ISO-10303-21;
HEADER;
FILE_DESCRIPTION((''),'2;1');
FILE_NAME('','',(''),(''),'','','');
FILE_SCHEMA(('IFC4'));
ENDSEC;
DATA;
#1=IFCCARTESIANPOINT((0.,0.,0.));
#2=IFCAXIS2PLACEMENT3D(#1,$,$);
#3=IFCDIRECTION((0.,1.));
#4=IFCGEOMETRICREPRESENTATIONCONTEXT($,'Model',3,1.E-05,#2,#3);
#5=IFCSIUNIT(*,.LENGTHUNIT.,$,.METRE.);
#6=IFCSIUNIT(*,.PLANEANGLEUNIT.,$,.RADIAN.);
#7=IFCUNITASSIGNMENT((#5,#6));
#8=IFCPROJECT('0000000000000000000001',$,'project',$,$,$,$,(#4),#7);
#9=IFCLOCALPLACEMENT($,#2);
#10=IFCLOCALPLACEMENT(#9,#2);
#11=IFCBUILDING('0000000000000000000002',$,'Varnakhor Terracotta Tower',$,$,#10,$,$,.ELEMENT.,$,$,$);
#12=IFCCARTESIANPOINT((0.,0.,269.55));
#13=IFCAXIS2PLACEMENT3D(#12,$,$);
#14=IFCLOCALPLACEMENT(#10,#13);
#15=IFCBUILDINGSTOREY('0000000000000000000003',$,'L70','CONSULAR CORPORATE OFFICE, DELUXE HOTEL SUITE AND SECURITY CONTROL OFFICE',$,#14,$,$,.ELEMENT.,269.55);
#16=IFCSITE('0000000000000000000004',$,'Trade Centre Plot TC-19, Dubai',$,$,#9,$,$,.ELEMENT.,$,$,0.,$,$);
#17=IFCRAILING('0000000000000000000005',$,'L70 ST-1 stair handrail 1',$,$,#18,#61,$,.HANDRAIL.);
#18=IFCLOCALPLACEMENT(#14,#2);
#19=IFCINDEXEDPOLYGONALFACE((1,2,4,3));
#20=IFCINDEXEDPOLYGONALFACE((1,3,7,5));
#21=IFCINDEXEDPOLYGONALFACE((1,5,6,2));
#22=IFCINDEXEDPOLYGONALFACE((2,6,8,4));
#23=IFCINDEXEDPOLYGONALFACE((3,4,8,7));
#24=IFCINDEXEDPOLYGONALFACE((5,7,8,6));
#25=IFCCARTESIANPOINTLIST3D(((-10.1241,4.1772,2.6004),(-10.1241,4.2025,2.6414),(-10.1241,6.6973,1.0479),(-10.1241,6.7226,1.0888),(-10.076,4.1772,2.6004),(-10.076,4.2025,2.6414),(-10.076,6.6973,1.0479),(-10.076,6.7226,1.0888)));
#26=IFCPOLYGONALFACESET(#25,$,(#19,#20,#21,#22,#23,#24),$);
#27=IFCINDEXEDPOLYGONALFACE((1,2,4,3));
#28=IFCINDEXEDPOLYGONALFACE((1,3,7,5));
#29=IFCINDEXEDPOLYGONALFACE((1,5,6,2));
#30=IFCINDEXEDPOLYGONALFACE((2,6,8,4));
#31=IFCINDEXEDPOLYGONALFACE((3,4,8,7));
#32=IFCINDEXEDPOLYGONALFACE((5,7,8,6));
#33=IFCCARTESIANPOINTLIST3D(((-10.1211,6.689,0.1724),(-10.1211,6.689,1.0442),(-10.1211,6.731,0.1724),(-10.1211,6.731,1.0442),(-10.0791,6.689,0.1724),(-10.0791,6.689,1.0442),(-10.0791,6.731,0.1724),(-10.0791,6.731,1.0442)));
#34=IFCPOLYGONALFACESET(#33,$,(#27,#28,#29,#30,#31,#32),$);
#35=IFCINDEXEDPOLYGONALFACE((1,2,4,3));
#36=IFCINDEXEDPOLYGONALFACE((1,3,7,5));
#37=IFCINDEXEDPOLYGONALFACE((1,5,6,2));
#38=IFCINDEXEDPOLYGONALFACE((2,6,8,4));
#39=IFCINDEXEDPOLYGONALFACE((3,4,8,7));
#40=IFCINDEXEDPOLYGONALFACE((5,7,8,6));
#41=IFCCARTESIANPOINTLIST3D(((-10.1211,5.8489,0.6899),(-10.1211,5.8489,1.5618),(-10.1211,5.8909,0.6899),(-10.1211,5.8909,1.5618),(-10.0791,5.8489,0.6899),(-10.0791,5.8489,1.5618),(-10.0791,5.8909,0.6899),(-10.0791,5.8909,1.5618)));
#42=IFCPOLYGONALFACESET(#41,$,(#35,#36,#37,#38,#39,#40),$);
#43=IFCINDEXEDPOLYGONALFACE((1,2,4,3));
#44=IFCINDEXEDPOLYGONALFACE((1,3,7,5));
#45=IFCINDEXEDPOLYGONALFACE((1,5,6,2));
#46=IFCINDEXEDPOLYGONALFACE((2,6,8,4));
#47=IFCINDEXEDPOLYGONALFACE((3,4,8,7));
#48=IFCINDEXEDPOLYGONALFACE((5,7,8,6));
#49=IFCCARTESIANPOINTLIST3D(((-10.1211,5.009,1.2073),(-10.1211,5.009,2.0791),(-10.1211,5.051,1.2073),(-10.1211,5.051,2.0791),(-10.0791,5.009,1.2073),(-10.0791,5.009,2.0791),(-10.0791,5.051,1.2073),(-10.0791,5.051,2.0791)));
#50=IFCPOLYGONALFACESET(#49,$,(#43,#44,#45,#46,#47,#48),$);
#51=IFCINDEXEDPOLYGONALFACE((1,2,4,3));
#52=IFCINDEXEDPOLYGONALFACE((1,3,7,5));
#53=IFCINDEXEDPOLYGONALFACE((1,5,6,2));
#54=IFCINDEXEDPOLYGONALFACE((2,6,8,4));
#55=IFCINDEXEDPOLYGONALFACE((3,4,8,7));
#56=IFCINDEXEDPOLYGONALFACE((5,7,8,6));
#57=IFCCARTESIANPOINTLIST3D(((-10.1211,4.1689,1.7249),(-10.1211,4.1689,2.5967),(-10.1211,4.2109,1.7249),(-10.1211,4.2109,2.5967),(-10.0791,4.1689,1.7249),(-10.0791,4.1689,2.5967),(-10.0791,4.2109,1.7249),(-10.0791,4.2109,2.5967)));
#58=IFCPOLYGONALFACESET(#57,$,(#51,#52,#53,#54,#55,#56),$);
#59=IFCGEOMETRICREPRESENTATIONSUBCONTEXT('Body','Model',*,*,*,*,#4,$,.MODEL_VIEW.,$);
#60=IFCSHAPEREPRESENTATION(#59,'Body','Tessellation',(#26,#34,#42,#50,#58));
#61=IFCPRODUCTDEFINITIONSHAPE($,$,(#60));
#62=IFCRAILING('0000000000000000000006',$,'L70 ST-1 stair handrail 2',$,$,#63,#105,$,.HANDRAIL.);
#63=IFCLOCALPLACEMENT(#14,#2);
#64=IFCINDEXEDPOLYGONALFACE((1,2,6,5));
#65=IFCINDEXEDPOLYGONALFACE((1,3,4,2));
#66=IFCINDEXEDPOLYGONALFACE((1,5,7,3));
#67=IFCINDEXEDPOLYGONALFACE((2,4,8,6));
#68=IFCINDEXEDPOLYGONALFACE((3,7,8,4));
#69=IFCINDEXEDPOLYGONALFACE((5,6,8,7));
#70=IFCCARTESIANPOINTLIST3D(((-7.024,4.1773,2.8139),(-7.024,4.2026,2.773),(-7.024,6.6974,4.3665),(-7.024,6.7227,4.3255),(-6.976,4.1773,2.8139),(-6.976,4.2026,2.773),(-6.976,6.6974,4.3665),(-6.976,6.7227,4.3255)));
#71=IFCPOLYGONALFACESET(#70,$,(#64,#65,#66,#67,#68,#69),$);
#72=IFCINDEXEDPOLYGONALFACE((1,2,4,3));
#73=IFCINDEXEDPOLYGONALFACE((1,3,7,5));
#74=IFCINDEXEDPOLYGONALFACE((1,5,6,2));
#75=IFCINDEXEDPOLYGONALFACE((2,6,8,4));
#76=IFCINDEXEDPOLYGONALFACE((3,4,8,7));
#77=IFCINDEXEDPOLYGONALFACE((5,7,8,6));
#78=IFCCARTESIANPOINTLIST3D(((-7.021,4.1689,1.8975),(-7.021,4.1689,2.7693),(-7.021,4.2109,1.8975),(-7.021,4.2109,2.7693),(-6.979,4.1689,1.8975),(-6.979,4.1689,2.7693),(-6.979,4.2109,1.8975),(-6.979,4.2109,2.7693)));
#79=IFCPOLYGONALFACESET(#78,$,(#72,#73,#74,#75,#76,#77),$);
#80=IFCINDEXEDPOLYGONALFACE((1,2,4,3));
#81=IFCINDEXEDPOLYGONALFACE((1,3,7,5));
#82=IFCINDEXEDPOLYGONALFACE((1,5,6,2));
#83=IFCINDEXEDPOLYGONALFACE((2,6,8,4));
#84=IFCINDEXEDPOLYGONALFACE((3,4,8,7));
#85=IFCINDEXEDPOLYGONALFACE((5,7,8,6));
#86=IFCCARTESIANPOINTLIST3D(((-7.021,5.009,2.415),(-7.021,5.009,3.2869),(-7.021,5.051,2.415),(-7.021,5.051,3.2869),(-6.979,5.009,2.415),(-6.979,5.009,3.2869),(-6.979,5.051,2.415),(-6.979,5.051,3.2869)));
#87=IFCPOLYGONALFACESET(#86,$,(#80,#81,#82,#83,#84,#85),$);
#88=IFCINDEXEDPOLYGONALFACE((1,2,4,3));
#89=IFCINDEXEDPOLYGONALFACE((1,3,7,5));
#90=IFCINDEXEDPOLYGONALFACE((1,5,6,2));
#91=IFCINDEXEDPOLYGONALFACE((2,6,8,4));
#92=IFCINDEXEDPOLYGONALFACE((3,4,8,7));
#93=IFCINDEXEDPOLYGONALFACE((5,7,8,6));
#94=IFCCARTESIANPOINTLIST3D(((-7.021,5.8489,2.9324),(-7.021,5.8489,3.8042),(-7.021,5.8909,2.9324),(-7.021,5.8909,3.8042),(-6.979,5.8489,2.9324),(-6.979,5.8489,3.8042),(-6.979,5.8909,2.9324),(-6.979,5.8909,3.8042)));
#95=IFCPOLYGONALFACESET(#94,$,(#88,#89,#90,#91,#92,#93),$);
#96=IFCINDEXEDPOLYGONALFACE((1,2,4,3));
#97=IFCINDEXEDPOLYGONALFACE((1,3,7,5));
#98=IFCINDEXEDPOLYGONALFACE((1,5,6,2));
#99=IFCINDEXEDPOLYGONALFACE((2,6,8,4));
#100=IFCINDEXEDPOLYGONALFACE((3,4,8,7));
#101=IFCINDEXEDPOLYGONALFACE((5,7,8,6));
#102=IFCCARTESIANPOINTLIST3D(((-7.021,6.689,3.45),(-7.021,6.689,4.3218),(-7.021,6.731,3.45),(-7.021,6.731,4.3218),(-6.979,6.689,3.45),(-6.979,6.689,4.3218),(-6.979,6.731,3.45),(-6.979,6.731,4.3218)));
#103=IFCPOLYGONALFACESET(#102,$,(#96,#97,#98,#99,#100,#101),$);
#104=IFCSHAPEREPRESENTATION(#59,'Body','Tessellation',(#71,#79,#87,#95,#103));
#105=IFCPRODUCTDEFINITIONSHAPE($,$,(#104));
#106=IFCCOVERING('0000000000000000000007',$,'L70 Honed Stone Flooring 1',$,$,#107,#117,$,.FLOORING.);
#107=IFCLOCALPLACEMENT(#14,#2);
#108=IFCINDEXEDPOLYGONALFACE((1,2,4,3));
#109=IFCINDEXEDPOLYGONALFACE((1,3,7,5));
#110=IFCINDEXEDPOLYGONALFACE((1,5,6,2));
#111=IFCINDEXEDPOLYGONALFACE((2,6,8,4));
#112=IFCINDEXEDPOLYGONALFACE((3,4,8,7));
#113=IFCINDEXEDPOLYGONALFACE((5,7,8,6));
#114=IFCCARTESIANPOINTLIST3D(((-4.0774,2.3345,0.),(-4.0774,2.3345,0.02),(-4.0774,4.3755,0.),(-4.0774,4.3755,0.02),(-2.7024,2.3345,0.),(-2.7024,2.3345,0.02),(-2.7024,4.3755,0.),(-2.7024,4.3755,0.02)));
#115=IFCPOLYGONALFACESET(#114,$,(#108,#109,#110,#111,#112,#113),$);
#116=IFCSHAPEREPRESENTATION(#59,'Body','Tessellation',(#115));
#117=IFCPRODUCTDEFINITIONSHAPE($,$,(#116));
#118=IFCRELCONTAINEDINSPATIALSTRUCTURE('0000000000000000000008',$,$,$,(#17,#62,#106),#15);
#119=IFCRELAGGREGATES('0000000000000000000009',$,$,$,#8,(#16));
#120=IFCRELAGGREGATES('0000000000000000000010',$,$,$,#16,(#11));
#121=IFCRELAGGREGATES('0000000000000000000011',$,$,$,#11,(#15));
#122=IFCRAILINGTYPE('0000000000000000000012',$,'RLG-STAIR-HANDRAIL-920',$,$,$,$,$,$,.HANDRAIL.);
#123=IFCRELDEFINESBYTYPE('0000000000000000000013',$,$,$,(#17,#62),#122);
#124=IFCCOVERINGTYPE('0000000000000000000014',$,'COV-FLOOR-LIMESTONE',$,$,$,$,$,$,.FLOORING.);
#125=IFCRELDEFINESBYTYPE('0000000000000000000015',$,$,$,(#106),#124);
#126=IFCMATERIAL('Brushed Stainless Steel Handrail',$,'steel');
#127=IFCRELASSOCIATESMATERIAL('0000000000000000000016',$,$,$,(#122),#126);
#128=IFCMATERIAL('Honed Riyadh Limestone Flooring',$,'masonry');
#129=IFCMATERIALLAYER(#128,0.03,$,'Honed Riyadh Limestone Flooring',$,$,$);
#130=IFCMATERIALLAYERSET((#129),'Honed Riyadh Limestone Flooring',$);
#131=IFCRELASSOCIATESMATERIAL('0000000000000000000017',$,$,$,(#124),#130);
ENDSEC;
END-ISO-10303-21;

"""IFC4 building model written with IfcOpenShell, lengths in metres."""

from ifc_helpers import new_model, si_unit, direction, frame, origin, origin_2d, place, context, subcontext, project, spatial, rectangle, extrude, source, transform, mapped, material, layer, layer_set, type_object, element, save


model = new_model("IFC4")

# Units and contexts
model_context = context("Model", 3, precision=1e-05, world=origin(), true_north=direction((0.0, 1.0)))
body_context = subcontext(model_context, "Body", "Model", "MODEL_VIEW")
ifc_project = project(units=[si_unit("LENGTHUNIT", "METRE"), si_unit("PLANEANGLEUNIT", "RADIAN")], contexts=[model_context])

# Site, building, storey
site_placement = place(None, origin())
site = spatial("IfcSite", under=ifc_project, at=site_placement, Name="Trade Centre Plot TC-19, Dubai", CompositionType="ELEMENT", RefElevation=0.0)
building_placement = place(site_placement, origin())
building = spatial("IfcBuilding", under=site, at=building_placement, Name="Varnakhor Terracotta Tower", CompositionType="ELEMENT")
storey_placement = place(building_placement, frame((0.0, 0.0, 269.55)))
storey = spatial("IfcBuildingStorey", under=building, at=storey_placement, Name="L70", Description="CONSULAR CORPORATE OFFICE, DELUXE HOTEL SUITE AND SECURITY CONTROL OFFICE", CompositionType="ELEMENT", Elevation=269.55)

# Railings
ifc_material_1 = material(Name="Brushed Stainless Steel Handrail", Category="steel")
railing_type_1 = type_object("IfcRailingType", Name="RLG-STAIR-HANDRAIL-920", PredefinedType="HANDRAIL", material=ifc_material_1)
railing_1_placement = place(storey_placement, frame((-10.1001, 6.71, 0.1724)))
element("IfcRailing", 1, at=railing_1_placement, inside=storey, type_object=railing_type_1, Name="L70 ST-1 stair handrail 1", PredefinedType="HANDRAIL", context=body_context, shape_type="SweptSolid", body=[
    extrude(rectangle(XDim=0.0481, YDim=0.0481, at=origin_2d()), frame((0.0, 0.0, 0.896), z_axis=(0.0, -0.8514, 0.524516), x_axis=(1.0, 0.0, 0.0)), (0.0, 0.0, 1.0), 2.96),
    extrude(rectangle(XDim=0.042, YDim=0.042, at=origin_2d()), origin(), (0.0, 0.0, 1.0), 0.8718),
    extrude(rectangle(XDim=0.042, YDim=0.042, at=origin_2d()), frame((0.0, -0.8401, 0.5176)), (0.0, 0.0, 1.0), 0.8718),
    extrude(rectangle(XDim=0.042, YDim=0.042, at=origin_2d()), frame((0.0, -1.6799, 1.0349)), (0.0, 0.0, 1.0), 0.8718),
    extrude(rectangle(XDim=0.042, YDim=0.042, at=origin_2d()), frame((0.0, -2.52, 1.5525)), (0.0, 0.0, 1.0), 0.8718),
])
railing_2_placement = place(storey_placement, frame((-7.0, 4.1899, 1.8975)))
element("IfcRailing", 2, at=railing_2_placement, inside=storey, type_object=railing_type_1, Name="L70 ST-1 stair handrail 2", PredefinedType="HANDRAIL", context=body_context, shape_type="SweptSolid", body=[
    extrude(rectangle(XDim=0.0481, YDim=0.0481, at=origin_2d()), frame((0.0, 0.0, 0.896), z_axis=(0.0, 0.8514, 0.524516), x_axis=(-1.0, 0.0, 0.0)), (0.0, 0.0, 1.0), 2.96),
    extrude(rectangle(XDim=0.042, YDim=0.042, at=origin_2d()), origin(), (0.0, 0.0, 1.0), 0.8718),
    extrude(rectangle(XDim=0.042, YDim=0.042, at=origin_2d()), frame((0.0, 0.8401, 0.5176)), (0.0, 0.0, 1.0), 0.8718),
    extrude(rectangle(XDim=0.042, YDim=0.042, at=origin_2d()), frame((0.0, 1.6799, 1.0349)), (0.0, 0.0, 1.0), 0.8718),
    extrude(rectangle(XDim=0.042, YDim=0.042, at=origin_2d()), frame((0.0, 2.52, 1.5525)), (0.0, 0.0, 1.0), 0.8718),
])

# Covering
ifc_material_2 = material(Name="Honed Riyadh Limestone Flooring", Category="masonry")
ifc_layer_1 = layer(ifc_material_2, 0.03, Name="Honed Riyadh Limestone Flooring")
ifc_layer_set_1 = layer_set([ifc_layer_1], Name="Honed Riyadh Limestone Flooring")
covering_type = type_object("IfcCoveringType", Name="COV-FLOOR-LIMESTONE", PredefinedType="FLOORING", material=ifc_layer_set_1)
shared_shape_1 = source(origin(), body_context, "Body", "SweptSolid", [
    extrude(rectangle(XDim=1.375, YDim=2.041, at=origin_2d()), origin(), (0.0, 0.0, 1.0), 0.02),
])
covering_placement = place(storey_placement, frame((-3.3899, 3.355, 0.0), z_axis=(0.0, 0.0, 1.0), x_axis=(1.0, 0.0, 0.0)))
element("IfcCovering", 3, at=covering_placement, inside=storey, type_object=covering_type, Name="L70 Honed Stone Flooring 1", PredefinedType="FLOORING", context=body_context, shape_type="MappedRepresentation", body=[
    mapped(shared_shape_1, transform((0.0, 0.0, 0.0), scale=1.0)),
])

save(model, "model.ifc")
